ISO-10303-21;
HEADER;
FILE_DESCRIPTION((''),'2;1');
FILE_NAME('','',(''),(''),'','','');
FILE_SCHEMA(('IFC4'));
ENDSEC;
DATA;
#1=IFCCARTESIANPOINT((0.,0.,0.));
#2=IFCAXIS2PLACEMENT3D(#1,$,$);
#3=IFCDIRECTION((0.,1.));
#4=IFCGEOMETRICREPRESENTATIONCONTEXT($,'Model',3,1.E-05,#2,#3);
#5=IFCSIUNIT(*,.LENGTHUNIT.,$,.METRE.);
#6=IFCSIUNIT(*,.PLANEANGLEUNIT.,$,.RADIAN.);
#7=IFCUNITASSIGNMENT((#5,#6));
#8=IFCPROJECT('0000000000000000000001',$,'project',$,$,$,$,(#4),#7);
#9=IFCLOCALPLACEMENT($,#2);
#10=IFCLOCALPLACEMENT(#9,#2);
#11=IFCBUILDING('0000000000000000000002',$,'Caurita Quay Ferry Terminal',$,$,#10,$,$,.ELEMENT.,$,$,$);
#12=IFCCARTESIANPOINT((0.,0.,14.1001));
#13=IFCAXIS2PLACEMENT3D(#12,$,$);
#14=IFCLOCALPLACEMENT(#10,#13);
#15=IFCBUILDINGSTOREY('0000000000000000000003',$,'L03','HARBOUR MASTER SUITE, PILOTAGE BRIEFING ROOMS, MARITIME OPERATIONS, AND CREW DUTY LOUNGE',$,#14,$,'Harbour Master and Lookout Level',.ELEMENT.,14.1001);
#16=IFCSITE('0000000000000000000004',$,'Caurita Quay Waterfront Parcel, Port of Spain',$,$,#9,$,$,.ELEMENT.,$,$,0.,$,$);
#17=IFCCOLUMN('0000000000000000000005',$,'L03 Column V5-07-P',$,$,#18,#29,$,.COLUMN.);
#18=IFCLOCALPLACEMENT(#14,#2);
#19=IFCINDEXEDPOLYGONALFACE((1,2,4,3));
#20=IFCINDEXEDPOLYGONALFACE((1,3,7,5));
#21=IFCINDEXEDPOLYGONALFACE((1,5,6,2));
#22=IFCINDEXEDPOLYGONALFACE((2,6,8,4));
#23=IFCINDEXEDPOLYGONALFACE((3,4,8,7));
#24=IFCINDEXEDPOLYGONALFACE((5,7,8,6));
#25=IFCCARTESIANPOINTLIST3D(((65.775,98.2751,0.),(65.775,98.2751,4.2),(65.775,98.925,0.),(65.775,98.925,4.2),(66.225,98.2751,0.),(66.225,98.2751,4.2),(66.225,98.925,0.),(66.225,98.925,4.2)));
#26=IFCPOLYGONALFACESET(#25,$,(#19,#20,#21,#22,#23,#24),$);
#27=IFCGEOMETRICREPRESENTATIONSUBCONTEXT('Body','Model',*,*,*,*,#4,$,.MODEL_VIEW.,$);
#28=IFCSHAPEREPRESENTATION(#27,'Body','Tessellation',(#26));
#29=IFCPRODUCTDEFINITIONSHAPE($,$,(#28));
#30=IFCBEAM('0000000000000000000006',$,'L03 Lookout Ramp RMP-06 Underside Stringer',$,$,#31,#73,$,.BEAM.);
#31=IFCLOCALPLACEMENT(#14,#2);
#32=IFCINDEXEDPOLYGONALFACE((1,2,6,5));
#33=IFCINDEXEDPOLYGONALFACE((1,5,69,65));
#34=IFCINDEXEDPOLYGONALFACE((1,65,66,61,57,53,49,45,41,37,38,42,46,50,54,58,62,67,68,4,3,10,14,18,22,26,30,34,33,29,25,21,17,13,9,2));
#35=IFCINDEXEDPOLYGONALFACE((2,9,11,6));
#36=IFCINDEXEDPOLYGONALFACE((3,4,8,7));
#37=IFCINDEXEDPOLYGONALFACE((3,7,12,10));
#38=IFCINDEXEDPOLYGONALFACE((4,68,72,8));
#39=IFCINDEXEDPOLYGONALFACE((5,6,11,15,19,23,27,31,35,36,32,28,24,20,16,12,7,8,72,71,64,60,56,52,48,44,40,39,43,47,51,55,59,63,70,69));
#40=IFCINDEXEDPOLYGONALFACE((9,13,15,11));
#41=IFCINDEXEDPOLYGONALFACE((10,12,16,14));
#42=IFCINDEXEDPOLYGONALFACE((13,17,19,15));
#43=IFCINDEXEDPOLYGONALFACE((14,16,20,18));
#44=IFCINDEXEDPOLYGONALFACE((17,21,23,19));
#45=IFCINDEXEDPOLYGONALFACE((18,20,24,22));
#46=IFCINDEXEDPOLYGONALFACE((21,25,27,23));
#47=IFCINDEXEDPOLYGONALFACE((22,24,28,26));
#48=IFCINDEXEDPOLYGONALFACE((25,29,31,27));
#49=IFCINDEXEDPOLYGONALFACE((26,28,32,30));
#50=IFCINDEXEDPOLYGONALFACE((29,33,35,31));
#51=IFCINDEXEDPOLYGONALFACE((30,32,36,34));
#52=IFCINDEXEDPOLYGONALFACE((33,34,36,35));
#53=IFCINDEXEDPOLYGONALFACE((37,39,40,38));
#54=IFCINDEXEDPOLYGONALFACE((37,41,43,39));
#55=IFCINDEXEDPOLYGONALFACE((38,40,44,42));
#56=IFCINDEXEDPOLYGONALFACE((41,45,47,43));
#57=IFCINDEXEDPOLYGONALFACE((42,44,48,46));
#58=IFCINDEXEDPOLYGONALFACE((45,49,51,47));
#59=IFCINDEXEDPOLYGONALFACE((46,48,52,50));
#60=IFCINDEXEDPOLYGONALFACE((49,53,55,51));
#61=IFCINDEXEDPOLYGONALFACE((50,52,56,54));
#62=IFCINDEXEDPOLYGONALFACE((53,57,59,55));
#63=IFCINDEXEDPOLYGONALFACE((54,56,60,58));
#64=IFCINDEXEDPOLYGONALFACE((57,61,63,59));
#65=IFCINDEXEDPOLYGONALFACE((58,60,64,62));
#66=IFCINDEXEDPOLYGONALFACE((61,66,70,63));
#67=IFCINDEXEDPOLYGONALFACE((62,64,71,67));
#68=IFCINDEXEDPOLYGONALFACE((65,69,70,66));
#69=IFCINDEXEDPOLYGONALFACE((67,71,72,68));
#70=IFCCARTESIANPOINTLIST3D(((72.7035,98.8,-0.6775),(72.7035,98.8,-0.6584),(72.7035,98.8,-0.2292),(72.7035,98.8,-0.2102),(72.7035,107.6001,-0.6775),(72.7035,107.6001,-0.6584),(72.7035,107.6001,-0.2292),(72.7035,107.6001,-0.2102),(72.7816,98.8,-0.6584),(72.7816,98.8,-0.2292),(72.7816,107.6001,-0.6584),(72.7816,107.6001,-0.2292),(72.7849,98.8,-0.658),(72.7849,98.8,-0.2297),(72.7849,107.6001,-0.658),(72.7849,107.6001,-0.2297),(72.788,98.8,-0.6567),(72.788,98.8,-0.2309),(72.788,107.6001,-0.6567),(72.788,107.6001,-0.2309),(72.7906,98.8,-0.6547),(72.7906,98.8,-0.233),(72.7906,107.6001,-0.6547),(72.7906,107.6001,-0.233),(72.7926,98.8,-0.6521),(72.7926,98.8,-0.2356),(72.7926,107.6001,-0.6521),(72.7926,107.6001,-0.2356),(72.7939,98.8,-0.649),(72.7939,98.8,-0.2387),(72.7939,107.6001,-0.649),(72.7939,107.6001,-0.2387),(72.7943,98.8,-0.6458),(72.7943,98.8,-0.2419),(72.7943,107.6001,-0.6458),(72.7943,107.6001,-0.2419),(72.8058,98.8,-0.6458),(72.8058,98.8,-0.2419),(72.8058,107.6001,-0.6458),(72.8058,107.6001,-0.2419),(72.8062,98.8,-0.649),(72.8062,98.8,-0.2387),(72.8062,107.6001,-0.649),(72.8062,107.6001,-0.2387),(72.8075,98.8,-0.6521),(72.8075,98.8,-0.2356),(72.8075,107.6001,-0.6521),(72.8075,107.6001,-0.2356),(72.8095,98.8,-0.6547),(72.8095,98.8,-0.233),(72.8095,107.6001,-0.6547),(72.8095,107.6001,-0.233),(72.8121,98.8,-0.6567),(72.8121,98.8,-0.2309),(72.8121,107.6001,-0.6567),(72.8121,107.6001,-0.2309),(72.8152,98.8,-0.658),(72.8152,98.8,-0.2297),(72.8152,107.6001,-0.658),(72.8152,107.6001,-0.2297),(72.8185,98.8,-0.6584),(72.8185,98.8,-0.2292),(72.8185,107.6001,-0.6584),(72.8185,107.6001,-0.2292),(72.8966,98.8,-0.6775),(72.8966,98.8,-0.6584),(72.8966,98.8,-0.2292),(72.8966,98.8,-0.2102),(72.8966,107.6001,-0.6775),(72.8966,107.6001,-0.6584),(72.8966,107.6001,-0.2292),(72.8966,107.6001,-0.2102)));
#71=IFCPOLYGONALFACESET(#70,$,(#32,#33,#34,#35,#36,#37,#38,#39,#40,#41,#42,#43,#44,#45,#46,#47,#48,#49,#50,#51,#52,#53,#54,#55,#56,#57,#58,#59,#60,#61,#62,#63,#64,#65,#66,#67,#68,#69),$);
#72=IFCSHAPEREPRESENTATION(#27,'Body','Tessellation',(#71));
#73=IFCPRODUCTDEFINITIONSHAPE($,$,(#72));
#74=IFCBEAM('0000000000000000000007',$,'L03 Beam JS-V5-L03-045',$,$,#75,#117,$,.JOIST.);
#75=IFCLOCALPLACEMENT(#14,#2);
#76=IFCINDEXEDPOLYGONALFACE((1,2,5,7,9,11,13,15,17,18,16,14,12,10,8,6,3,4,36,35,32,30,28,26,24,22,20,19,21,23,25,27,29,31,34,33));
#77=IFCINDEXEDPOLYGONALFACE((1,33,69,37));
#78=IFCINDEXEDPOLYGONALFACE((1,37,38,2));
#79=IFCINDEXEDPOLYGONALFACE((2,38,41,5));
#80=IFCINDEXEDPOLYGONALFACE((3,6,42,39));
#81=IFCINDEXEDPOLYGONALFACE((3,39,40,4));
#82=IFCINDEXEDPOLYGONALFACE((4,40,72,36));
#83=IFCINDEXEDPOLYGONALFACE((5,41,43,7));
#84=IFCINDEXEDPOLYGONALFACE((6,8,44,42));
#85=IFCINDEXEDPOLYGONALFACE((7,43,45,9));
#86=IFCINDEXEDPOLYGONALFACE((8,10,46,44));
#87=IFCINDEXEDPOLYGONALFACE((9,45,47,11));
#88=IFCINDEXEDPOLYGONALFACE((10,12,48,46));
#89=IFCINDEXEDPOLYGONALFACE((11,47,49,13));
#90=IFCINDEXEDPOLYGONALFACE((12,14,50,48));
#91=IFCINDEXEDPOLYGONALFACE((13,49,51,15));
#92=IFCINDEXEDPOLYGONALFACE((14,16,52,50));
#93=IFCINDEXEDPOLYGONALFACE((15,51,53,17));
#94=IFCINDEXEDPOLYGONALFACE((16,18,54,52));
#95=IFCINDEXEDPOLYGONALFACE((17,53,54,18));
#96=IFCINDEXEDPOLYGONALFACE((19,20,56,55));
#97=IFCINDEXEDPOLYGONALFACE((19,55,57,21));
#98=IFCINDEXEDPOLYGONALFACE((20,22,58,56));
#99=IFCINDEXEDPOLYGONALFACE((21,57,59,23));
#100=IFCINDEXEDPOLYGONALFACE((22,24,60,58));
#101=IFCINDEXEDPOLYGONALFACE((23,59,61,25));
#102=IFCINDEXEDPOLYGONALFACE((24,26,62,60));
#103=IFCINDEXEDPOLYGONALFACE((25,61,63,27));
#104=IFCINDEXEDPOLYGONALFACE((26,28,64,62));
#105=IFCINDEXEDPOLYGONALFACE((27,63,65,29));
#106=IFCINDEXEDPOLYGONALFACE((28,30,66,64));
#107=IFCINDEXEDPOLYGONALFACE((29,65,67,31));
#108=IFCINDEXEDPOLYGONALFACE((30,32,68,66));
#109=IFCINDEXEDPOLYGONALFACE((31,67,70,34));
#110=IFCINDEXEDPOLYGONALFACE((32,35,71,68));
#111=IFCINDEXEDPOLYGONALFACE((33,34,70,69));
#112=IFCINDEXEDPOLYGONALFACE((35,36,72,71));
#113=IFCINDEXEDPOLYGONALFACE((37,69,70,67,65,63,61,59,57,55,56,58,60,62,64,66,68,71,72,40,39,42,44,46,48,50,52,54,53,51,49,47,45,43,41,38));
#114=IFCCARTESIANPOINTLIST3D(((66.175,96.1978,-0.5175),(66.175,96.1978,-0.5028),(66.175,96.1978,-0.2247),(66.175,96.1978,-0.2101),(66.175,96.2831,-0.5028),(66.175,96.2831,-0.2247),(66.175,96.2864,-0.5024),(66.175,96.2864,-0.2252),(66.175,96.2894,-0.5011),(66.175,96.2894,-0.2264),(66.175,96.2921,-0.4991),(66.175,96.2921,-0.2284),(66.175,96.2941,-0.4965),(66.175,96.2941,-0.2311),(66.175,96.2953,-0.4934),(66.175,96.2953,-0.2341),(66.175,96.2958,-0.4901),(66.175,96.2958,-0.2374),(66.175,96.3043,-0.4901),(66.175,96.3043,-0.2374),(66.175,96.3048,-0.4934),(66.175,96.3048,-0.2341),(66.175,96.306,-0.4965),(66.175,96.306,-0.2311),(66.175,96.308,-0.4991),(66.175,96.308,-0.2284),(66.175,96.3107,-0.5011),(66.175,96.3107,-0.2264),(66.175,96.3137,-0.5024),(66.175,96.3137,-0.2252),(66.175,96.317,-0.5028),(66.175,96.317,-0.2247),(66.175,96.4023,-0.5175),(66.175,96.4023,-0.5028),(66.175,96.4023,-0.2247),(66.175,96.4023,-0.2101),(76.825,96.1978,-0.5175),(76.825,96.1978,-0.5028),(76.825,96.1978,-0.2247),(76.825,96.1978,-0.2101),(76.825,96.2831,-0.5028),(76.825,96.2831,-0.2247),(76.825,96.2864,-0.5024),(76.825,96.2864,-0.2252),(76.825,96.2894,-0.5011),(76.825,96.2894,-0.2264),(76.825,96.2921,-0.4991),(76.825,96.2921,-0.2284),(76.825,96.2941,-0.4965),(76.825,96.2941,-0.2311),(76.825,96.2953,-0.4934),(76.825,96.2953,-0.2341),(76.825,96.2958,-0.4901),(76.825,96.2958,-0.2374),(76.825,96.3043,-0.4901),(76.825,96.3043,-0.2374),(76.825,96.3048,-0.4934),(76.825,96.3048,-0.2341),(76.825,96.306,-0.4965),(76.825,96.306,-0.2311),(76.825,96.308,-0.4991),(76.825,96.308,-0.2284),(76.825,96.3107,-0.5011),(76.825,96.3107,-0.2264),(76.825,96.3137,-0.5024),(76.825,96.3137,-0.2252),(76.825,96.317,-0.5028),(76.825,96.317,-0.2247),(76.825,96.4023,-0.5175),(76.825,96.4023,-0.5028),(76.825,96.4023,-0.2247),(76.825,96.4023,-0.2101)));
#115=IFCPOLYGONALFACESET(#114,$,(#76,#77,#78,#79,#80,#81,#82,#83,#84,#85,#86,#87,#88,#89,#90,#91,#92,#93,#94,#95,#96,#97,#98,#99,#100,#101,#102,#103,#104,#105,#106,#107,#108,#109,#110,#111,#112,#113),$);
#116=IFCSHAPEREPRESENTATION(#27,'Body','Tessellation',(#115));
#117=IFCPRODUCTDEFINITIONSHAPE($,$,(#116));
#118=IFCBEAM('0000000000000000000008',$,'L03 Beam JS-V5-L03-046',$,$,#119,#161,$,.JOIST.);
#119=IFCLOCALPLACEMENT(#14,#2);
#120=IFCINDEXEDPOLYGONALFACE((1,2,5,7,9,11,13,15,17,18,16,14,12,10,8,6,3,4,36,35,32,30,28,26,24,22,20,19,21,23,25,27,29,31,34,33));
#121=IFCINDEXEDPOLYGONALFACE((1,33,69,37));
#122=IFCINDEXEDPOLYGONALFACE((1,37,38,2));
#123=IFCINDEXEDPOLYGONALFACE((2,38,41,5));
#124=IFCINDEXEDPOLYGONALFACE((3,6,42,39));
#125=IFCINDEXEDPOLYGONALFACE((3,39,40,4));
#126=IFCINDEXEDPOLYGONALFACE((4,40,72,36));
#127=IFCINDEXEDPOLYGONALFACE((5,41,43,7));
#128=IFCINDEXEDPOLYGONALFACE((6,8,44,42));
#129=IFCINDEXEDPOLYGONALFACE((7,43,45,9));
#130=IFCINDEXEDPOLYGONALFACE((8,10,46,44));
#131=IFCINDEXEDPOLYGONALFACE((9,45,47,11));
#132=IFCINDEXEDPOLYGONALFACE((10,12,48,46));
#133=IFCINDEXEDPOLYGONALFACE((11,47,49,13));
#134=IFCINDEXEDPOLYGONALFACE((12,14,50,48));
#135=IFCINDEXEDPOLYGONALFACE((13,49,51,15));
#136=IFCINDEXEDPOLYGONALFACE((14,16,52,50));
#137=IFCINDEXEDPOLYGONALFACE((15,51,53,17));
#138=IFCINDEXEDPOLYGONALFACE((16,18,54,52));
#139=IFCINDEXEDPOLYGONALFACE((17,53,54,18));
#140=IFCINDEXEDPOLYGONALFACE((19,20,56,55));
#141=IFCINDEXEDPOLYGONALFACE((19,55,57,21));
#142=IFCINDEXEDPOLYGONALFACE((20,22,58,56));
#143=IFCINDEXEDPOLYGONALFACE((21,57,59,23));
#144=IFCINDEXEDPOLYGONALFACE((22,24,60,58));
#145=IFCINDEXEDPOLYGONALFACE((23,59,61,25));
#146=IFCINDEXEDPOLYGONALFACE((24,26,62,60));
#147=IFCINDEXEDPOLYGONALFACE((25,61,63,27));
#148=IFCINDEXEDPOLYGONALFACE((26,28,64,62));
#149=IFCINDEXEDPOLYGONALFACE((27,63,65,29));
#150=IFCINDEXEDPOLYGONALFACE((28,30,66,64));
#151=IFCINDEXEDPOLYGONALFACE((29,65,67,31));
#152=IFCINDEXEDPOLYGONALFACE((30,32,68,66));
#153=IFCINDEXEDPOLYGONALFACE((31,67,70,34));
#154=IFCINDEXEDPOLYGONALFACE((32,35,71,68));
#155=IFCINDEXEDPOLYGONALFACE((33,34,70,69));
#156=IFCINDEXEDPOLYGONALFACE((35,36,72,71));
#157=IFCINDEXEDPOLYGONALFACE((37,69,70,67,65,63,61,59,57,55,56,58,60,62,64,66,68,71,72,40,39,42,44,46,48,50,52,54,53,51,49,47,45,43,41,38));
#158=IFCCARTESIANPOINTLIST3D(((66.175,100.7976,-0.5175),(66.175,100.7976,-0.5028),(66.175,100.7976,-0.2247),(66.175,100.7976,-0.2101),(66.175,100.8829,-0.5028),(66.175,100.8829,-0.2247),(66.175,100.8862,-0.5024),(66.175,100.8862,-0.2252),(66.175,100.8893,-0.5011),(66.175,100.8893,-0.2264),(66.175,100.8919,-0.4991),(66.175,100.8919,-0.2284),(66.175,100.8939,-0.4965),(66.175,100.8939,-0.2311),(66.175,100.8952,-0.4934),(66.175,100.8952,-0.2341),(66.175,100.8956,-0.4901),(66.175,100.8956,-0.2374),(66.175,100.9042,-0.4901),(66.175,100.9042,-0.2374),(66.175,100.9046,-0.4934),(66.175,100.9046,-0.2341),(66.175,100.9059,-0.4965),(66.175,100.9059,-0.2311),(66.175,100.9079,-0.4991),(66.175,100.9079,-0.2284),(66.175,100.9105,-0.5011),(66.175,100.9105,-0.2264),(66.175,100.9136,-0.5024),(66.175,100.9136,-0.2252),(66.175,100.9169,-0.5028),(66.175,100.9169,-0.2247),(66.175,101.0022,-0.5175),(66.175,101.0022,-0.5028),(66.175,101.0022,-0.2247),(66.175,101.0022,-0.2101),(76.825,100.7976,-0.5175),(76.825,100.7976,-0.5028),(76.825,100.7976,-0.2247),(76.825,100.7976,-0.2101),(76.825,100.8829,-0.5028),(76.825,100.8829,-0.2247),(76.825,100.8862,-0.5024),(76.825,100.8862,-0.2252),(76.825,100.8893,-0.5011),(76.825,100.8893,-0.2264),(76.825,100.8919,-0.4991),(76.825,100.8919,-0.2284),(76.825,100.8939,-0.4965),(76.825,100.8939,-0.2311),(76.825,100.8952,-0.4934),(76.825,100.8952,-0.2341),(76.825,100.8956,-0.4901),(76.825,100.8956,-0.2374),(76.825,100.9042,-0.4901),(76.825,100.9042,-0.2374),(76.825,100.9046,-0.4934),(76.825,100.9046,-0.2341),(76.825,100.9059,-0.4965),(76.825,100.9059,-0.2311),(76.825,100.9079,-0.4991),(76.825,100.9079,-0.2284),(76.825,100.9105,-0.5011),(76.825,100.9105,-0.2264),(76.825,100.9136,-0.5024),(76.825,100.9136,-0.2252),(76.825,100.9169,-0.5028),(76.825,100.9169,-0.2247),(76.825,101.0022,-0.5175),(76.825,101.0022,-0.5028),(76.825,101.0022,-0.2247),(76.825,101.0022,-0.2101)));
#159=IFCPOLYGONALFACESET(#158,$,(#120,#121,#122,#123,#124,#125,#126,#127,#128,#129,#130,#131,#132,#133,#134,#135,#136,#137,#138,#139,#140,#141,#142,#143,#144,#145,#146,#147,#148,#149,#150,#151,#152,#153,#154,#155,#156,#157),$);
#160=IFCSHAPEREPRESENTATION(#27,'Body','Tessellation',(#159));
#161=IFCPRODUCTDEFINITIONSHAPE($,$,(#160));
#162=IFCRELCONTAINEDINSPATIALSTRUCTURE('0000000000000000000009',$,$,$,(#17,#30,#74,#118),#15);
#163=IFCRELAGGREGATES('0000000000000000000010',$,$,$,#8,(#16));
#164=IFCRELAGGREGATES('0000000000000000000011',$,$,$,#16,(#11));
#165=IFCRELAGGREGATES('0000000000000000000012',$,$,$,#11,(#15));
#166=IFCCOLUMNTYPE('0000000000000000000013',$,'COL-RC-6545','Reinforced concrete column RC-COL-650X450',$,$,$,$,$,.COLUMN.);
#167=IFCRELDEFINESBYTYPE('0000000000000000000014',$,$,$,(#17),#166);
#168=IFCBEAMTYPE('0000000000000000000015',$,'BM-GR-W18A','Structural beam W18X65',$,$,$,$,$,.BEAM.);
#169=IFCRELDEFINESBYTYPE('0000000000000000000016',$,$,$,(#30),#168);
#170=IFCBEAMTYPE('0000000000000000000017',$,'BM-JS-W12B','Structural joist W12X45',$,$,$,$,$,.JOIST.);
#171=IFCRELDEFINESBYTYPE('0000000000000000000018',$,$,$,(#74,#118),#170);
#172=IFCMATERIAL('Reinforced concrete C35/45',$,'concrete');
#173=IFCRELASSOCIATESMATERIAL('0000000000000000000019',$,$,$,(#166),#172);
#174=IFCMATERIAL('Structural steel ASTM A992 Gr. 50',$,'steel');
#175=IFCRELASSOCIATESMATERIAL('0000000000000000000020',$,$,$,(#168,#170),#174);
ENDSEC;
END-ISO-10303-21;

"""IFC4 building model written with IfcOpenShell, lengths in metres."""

from ifc_helpers import new_model, si_unit, direction, frame, origin, origin_2d, place, context, subcontext, project, spatial, rectangle, i_section, extrude, material, material_profile, profile_set, type_object, element, save


model = new_model("IFC4")

# Units and contexts
model_context = context("Model", 3, precision=1e-05, world=origin(), true_north=direction((0.0, 1.0)))
body_context = subcontext(model_context, "Body", "Model", "MODEL_VIEW")
ifc_project = project(units=[si_unit("LENGTHUNIT", "METRE"), si_unit("PLANEANGLEUNIT", "RADIAN")], contexts=[model_context])

# Site, building, storey
site_placement = place(None, origin())
site = spatial("IfcSite", under=ifc_project, at=site_placement, Name="Caurita Quay Waterfront Parcel, Port of Spain", CompositionType="ELEMENT", RefElevation=0.0)
building_placement = place(site_placement, origin())
building = spatial("IfcBuilding", under=site, at=building_placement, Name="Caurita Quay Ferry Terminal", CompositionType="ELEMENT")
storey_placement = place(building_placement, frame((0.0, 0.0, 14.1001)))
storey = spatial("IfcBuildingStorey", under=building, at=storey_placement, Name="L03", Description="HARBOUR MASTER SUITE, PILOTAGE BRIEFING ROOMS, MARITIME OPERATIONS, AND CREW DUTY LOUNGE", LongName="Harbour Master and Lookout Level", CompositionType="ELEMENT", Elevation=14.1001)

# Column
ifc_material_1 = material(Name="Reinforced concrete C35/45", Category="concrete")
ifc_material_profile_1 = material_profile(ifc_material_1, rectangle(XDim=0.45, YDim=0.6499, at=origin_2d()), Name="RC-COL-650X450")
ifc_profile_set_1 = profile_set([ifc_material_profile_1], Name="Reinforced concrete C35/45")
column_type = type_object("IfcColumnType", Name="COL-RC-6545", Description="Reinforced concrete column RC-COL-650X450", PredefinedType="COLUMN", material=ifc_profile_set_1)
column_placement = place(storey_placement, frame((66.0, 98.6001, 0.0), z_axis=(0.0, 0.0, 1.0), x_axis=(1.0, 0.0, 0.0)))
element("IfcColumn", 1, at=column_placement, inside=storey, type_object=column_type, Name="L03 Column V5-07-P", PredefinedType="COLUMN", context=body_context, shape_type="SweptSolid", body=[
    extrude(rectangle(XDim=0.45, YDim=0.6499, at=origin_2d()), origin(), (0.0, 0.0, 1.0), 4.2),
])

# Beams
ifc_material_2 = material(Name="Structural steel ASTM A992 Gr. 50", Category="steel")
ifc_material_profile_2 = material_profile(ifc_material_2, i_section(OverallWidth=0.1931, OverallDepth=0.4673, WebThickness=0.0115, FlangeThickness=0.019, FilletRadius=0.0127, at=origin_2d()), Name="W18X65")
ifc_profile_set_2 = profile_set([ifc_material_profile_2], Name="Structural steel ASTM A992 Gr. 50")
beam_type_1 = type_object("IfcBeamType", Name="BM-GR-W18A", Description="Structural beam W18X65", PredefinedType="BEAM", material=ifc_profile_set_2)
beam_1_placement = place(storey_placement, frame((72.8, 98.8, -0.4438), z_axis=(0.0, 1.0, 0.0), x_axis=(-1.0, 0.0, 0.0)))
element("IfcBeam", 2, at=beam_1_placement, inside=storey, type_object=beam_type_1, Name="L03 Lookout Ramp RMP-06 Underside Stringer", PredefinedType="BEAM", context=body_context, shape_type="SweptSolid", body=[
    extrude(i_section(OverallWidth=0.1931, OverallDepth=0.4673, WebThickness=0.0115, FlangeThickness=0.019, FilletRadius=0.0127, at=origin_2d()), origin(), (0.0, 0.0, 1.0), 8.8),
])
ifc_material_profile_3 = material_profile(ifc_material_2, i_section(OverallWidth=0.2046, OverallDepth=0.3074, WebThickness=0.0085, FlangeThickness=0.0146, FilletRadius=0.0127, at=origin_2d()), Name="W12X45")
ifc_profile_set_3 = profile_set([ifc_material_profile_3], Name="Structural steel ASTM A992 Gr. 50")
beam_type_2 = type_object("IfcBeamType", Name="BM-JS-W12B", Description="Structural joist W12X45", PredefinedType="JOIST", material=ifc_profile_set_3)
for number, where, z_axis, x_axis, name in (
    (3, (66.175, 96.3, -0.3638), (1.0, 0.0, 0.0), (0.0, 1.0, 0.0), "L03 Beam JS-V5-L03-045"),
    (4, (66.175, 100.8999, -0.3638), (1.0, 0.0, 0.0), (0.0, 1.0, 0.0), "L03 Beam JS-V5-L03-046"),
):
    element("IfcBeam", number, at=place(storey_placement, frame(where, z_axis=z_axis, x_axis=x_axis)), inside=storey, type_object=beam_type_2, Name=name, PredefinedType="JOIST", context=body_context, shape_type="SweptSolid", body=[
        extrude(i_section(OverallWidth=0.2046, OverallDepth=0.3074, WebThickness=0.0085, FlangeThickness=0.0146, FilletRadius=0.0127, at=origin_2d()), origin(), (0.0, 0.0, 1.0), 10.6499),
    ])

save(model, "model.ifc")
